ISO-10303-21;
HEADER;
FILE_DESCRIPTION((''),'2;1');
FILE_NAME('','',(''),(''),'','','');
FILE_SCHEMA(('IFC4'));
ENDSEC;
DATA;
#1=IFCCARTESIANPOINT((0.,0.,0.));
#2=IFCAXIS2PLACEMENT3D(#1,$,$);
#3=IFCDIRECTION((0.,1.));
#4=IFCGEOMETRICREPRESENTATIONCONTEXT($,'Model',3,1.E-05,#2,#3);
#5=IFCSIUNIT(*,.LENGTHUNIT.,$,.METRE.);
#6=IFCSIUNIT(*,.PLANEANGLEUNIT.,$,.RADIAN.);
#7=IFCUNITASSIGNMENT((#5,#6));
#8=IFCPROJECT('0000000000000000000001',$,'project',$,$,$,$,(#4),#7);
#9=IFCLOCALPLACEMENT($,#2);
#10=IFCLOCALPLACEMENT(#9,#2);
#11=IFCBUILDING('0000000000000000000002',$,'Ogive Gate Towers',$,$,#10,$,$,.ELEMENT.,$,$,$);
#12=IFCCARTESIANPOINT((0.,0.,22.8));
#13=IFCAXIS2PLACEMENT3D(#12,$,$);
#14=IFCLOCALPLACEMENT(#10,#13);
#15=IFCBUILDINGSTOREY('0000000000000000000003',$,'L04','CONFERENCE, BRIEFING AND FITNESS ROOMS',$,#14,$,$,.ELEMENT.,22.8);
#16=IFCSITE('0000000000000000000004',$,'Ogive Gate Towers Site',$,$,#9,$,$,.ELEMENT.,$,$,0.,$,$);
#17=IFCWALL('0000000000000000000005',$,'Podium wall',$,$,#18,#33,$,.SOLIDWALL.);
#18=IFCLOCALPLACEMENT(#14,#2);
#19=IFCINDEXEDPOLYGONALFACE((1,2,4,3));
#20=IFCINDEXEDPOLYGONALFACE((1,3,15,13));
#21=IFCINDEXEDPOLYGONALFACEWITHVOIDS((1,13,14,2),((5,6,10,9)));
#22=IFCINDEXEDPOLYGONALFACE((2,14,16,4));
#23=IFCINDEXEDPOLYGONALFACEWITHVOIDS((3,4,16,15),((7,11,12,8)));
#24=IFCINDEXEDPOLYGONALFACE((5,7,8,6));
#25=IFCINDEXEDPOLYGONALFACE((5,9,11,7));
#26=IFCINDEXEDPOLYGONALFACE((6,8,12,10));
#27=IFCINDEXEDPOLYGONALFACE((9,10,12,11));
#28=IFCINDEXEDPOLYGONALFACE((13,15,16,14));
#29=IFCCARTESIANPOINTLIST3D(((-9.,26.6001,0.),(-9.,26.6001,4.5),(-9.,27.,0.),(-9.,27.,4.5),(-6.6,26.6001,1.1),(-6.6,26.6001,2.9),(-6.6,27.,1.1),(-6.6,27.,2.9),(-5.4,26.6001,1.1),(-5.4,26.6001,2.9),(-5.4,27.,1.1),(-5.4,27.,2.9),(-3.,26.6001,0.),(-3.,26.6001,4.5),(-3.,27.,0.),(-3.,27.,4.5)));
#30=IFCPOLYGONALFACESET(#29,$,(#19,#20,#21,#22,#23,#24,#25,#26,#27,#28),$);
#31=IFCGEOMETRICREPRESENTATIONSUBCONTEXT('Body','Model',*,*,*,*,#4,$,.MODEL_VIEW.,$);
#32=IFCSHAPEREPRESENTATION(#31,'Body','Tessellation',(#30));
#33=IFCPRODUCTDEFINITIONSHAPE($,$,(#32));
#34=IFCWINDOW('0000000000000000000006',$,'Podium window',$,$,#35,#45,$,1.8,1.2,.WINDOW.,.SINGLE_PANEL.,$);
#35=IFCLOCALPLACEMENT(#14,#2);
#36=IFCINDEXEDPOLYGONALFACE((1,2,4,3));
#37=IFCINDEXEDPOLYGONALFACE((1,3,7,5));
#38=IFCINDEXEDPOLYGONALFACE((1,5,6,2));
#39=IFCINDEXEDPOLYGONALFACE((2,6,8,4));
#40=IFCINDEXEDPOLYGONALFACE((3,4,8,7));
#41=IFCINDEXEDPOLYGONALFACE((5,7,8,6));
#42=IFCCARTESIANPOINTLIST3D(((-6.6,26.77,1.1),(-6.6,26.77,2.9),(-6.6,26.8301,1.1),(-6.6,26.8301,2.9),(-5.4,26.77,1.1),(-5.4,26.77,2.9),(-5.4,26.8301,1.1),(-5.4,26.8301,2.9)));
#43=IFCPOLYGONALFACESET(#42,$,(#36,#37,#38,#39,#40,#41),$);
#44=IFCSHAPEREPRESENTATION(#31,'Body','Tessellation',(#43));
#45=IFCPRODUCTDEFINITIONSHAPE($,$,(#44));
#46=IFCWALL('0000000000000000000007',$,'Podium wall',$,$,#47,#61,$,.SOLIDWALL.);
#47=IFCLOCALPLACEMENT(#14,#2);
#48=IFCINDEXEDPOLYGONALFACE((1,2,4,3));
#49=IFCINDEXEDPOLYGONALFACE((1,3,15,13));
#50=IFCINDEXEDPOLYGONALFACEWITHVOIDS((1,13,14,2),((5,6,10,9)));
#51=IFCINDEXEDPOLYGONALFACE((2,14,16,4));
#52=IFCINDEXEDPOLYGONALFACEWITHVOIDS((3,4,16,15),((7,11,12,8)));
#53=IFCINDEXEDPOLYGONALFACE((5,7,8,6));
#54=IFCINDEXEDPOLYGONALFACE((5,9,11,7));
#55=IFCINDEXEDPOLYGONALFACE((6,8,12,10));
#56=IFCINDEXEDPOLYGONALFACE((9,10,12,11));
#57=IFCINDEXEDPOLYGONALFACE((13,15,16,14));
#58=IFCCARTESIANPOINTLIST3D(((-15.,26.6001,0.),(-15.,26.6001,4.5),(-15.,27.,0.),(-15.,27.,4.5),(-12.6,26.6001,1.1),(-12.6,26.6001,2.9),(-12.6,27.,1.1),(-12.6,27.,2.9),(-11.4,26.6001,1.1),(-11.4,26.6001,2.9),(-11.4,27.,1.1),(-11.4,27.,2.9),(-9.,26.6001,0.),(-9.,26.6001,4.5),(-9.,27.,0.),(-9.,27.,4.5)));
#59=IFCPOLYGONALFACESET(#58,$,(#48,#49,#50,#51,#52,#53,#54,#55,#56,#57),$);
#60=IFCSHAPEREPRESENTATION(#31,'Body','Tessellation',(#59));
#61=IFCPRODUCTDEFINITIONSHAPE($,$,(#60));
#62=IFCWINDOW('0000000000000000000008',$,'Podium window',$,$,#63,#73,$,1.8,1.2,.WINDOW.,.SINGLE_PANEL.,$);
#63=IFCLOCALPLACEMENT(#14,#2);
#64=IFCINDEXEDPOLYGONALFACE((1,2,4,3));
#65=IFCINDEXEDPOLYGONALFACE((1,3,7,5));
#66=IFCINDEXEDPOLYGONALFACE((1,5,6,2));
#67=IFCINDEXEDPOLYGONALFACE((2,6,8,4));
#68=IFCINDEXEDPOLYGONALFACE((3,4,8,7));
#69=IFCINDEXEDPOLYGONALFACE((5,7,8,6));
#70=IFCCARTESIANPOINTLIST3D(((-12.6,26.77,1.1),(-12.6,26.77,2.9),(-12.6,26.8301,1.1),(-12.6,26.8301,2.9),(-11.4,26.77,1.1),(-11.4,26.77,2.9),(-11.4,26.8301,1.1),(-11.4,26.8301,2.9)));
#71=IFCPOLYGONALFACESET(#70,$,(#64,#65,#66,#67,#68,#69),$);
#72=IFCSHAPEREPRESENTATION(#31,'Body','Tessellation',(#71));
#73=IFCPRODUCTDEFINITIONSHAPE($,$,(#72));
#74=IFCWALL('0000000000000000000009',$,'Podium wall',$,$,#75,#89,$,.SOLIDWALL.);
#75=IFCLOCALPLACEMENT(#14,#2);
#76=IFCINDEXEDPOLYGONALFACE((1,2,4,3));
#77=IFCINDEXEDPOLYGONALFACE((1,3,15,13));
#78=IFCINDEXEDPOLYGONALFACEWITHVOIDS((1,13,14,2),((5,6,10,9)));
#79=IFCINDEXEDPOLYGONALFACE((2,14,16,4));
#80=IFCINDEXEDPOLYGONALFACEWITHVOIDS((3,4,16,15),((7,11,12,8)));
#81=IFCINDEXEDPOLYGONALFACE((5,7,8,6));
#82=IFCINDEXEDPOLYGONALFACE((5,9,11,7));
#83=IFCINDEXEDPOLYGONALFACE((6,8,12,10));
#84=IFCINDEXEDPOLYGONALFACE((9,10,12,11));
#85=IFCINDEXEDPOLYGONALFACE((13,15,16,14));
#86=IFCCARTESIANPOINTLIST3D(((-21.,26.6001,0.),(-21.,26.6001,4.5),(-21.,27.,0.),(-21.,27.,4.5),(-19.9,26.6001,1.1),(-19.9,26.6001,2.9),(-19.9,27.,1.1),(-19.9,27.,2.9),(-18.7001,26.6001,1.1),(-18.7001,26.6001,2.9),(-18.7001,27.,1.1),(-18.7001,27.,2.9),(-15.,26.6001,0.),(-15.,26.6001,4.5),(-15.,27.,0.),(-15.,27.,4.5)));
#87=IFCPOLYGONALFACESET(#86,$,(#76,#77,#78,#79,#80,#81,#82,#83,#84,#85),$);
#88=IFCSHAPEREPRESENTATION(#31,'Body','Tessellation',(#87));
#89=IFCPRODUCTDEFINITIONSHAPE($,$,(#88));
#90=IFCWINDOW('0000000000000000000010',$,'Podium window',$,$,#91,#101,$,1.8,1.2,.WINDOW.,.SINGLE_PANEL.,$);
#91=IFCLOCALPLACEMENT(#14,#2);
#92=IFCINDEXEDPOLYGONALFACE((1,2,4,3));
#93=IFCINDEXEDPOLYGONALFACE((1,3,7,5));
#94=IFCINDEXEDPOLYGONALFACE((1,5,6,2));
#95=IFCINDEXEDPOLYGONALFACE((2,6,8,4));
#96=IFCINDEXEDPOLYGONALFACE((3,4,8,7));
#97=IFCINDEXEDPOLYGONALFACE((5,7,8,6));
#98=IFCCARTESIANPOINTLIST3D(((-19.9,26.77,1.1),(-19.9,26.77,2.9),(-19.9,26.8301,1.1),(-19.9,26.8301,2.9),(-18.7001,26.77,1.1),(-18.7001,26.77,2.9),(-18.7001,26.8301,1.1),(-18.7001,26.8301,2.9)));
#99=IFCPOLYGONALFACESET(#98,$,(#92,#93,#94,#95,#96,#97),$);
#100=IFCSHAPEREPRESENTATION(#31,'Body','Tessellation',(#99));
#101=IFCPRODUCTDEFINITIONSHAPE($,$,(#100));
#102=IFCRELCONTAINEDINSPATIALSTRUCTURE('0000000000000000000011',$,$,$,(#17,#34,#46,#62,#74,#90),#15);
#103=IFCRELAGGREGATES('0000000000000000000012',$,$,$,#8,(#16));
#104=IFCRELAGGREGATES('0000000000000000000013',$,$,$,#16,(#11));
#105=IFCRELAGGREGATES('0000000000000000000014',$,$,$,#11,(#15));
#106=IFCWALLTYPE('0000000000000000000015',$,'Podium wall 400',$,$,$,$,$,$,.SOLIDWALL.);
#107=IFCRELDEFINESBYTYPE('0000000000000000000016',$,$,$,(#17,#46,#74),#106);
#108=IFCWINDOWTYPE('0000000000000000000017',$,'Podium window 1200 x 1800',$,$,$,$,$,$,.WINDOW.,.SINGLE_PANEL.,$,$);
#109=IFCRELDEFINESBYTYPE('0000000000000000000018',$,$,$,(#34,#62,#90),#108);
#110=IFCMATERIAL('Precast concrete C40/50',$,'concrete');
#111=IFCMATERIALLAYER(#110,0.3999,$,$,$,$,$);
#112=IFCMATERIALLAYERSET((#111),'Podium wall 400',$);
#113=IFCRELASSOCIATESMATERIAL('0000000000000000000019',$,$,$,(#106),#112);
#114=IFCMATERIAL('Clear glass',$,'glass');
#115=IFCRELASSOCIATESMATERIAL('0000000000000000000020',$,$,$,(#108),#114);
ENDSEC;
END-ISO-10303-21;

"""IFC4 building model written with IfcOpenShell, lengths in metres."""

from ifc_helpers import new_model, si_unit, direction, frame, frame_2d, origin, place, context, subcontext, project, spatial, rectangle, extrude, material, layer, layer_set, type_object, element, fill, save


model = new_model("IFC4")

# Units and contexts
model_context = context("Model", 3, precision=1e-05, world=origin(), true_north=direction((0.0, 1.0)))
body_context = subcontext(model_context, "Body", "Model", "MODEL_VIEW")
ifc_project = project(units=[si_unit("LENGTHUNIT", "METRE"), si_unit("PLANEANGLEUNIT", "RADIAN")], contexts=[model_context])

# Site, building, storey
site_placement = place(None, origin())
site = spatial("IfcSite", under=ifc_project, at=site_placement, Name="Ogive Gate Towers Site", CompositionType="ELEMENT", RefElevation=0.0)
building_placement = place(site_placement, origin())
building = spatial("IfcBuilding", under=site, at=building_placement, Name="Ogive Gate Towers", CompositionType="ELEMENT")
storey_placement = place(building_placement, frame((0.0, 0.0, 22.8)))
storey = spatial("IfcBuildingStorey", under=building, at=storey_placement, Name="L04", Description="CONFERENCE, BRIEFING AND FITNESS ROOMS", CompositionType="ELEMENT", Elevation=22.8)

# Walls, openings, windows
ifc_material_1 = material(Name="Precast concrete C40/50", Category="concrete")
ifc_layer_1 = layer(ifc_material_1, 0.3999)
ifc_layer_set_1 = layer_set([ifc_layer_1], Name="Podium wall 400")
wall_type_1 = type_object("IfcWallType", Name="Podium wall 400", PredefinedType="SOLIDWALL", material=ifc_layer_set_1)
wall_1_placement = place(storey_placement, frame((-3.0, 26.8, 0.0), z_axis=(0.0, 0.0, 1.0), x_axis=(-1.0, 0.0, 0.0)))
wall_1 = element("IfcWall", 1, at=wall_1_placement, inside=storey, type_object=wall_type_1, Name="Podium wall", PredefinedType="SOLIDWALL", context=body_context, shape_type="SweptSolid", body=[
    extrude(rectangle(XDim=6.0, YDim=0.3999, at=frame_2d((3.0, 0.0))), origin(), (0.0, 0.0, 1.0), 4.5),
])
opening_1_placement = place(wall_1_placement, frame((2.3999, 0.0, 1.1001)))
opening_1 = element("IfcOpeningElement", 2, at=opening_1_placement, cuts=wall_1, PredefinedType="OPENING", context=body_context, shape_type="SweptSolid", body=[
    extrude(rectangle(XDim=1.2, YDim=1.8, at=frame_2d((0.6001, 0.8999))), frame((0.0, 0.21, 0.0), z_axis=(0.0, -1.0, 0.0), x_axis=(1.0, 0.0, 0.0)), (0.0, 0.0, 1.0), 0.4199),
])
ifc_material_2 = material(Name="Clear glass", Category="glass")
window_type = type_object("IfcWindowType", Name="Podium window 1200 x 1800", PartitioningType="SINGLE_PANEL", PredefinedType="WINDOW", material=ifc_material_2)
window_1_placement = place(opening_1_placement, origin())
window_1 = element("IfcWindow", 3, at=window_1_placement, inside=storey, type_object=window_type, Name="Podium window", OverallHeight=1.8, OverallWidth=1.2, PartitioningType="SINGLE_PANEL", PredefinedType="WINDOW", context=body_context, shape_type="SweptSolid", body=[
    extrude(rectangle(XDim=1.2, YDim=1.8, at=frame_2d((0.6001, 0.8999))), frame((0.0, 0.03, 0.0), z_axis=(0.0, -1.0, 0.0), x_axis=(1.0, 0.0, 0.0)), (0.0, 0.0, 1.0), 0.0601),
])
fill(opening_1, window_1)
wall_2_placement = place(storey_placement, frame((-9.0, 26.8, 0.0), z_axis=(0.0, 0.0, 1.0), x_axis=(-1.0, 0.0, 0.0)))
wall_2 = element("IfcWall", 4, at=wall_2_placement, inside=storey, type_object=wall_type_1, Name="Podium wall", PredefinedType="SOLIDWALL", context=body_context, shape_type="SweptSolid", body=[
    extrude(rectangle(XDim=6.0, YDim=0.3999, at=frame_2d((3.0, 0.0))), origin(), (0.0, 0.0, 1.0), 4.5),
])
opening_2_placement = place(wall_2_placement, frame((2.3999, 0.0, 1.1001)))
opening_2 = element("IfcOpeningElement", 5, at=opening_2_placement, cuts=wall_2, PredefinedType="OPENING", context=body_context, shape_type="SweptSolid", body=[
    extrude(rectangle(XDim=1.2, YDim=1.8, at=frame_2d((0.6001, 0.8999))), frame((0.0, 0.21, 0.0), z_axis=(0.0, -1.0, 0.0), x_axis=(1.0, 0.0, 0.0)), (0.0, 0.0, 1.0), 0.4199),
])
window_2_placement = place(opening_2_placement, origin())
window_2 = element("IfcWindow", 6, at=window_2_placement, inside=storey, type_object=window_type, Name="Podium window", OverallHeight=1.8, OverallWidth=1.2, PartitioningType="SINGLE_PANEL", PredefinedType="WINDOW", context=body_context, shape_type="SweptSolid", body=[
    extrude(rectangle(XDim=1.2, YDim=1.8, at=frame_2d((0.6001, 0.8999))), frame((0.0, 0.03, 0.0), z_axis=(0.0, -1.0, 0.0), x_axis=(1.0, 0.0, 0.0)), (0.0, 0.0, 1.0), 0.0601),
])
fill(opening_2, window_2)
wall_3_placement = place(storey_placement, frame((-15.0, 26.8, 0.0), z_axis=(0.0, 0.0, 1.0), x_axis=(-1.0, 0.0, 0.0)))
wall_3 = element("IfcWall", 7, at=wall_3_placement, inside=storey, type_object=wall_type_1, Name="Podium wall", PredefinedType="SOLIDWALL", context=body_context, shape_type="SweptSolid", body=[
    extrude(rectangle(XDim=6.0, YDim=0.3999, at=frame_2d((3.0, 0.0))), origin(), (0.0, 0.0, 1.0), 4.5),
])
opening_3_placement = place(wall_3_placement, frame((3.7, 0.0, 1.1001)))
opening_3 = element("IfcOpeningElement", 8, at=opening_3_placement, cuts=wall_3, PredefinedType="OPENING", context=body_context, shape_type="SweptSolid", body=[
    extrude(rectangle(XDim=1.2, YDim=1.8, at=frame_2d((0.6001, 0.8999))), frame((0.0, 0.21, 0.0), z_axis=(0.0, -1.0, 0.0), x_axis=(1.0, 0.0, 0.0)), (0.0, 0.0, 1.0), 0.4199),
])
window_3_placement = place(opening_3_placement, origin())
window_3 = element("IfcWindow", 9, at=window_3_placement, inside=storey, type_object=window_type, Name="Podium window", OverallHeight=1.8, OverallWidth=1.2, PartitioningType="SINGLE_PANEL", PredefinedType="WINDOW", context=body_context, shape_type="SweptSolid", body=[
    extrude(rectangle(XDim=1.2, YDim=1.8, at=frame_2d((0.6001, 0.8999))), frame((0.0, 0.03, 0.0), z_axis=(0.0, -1.0, 0.0), x_axis=(1.0, 0.0, 0.0)), (0.0, 0.0, 1.0), 0.0601),
])
fill(opening_3, window_3)

save(model, "model.ifc")
